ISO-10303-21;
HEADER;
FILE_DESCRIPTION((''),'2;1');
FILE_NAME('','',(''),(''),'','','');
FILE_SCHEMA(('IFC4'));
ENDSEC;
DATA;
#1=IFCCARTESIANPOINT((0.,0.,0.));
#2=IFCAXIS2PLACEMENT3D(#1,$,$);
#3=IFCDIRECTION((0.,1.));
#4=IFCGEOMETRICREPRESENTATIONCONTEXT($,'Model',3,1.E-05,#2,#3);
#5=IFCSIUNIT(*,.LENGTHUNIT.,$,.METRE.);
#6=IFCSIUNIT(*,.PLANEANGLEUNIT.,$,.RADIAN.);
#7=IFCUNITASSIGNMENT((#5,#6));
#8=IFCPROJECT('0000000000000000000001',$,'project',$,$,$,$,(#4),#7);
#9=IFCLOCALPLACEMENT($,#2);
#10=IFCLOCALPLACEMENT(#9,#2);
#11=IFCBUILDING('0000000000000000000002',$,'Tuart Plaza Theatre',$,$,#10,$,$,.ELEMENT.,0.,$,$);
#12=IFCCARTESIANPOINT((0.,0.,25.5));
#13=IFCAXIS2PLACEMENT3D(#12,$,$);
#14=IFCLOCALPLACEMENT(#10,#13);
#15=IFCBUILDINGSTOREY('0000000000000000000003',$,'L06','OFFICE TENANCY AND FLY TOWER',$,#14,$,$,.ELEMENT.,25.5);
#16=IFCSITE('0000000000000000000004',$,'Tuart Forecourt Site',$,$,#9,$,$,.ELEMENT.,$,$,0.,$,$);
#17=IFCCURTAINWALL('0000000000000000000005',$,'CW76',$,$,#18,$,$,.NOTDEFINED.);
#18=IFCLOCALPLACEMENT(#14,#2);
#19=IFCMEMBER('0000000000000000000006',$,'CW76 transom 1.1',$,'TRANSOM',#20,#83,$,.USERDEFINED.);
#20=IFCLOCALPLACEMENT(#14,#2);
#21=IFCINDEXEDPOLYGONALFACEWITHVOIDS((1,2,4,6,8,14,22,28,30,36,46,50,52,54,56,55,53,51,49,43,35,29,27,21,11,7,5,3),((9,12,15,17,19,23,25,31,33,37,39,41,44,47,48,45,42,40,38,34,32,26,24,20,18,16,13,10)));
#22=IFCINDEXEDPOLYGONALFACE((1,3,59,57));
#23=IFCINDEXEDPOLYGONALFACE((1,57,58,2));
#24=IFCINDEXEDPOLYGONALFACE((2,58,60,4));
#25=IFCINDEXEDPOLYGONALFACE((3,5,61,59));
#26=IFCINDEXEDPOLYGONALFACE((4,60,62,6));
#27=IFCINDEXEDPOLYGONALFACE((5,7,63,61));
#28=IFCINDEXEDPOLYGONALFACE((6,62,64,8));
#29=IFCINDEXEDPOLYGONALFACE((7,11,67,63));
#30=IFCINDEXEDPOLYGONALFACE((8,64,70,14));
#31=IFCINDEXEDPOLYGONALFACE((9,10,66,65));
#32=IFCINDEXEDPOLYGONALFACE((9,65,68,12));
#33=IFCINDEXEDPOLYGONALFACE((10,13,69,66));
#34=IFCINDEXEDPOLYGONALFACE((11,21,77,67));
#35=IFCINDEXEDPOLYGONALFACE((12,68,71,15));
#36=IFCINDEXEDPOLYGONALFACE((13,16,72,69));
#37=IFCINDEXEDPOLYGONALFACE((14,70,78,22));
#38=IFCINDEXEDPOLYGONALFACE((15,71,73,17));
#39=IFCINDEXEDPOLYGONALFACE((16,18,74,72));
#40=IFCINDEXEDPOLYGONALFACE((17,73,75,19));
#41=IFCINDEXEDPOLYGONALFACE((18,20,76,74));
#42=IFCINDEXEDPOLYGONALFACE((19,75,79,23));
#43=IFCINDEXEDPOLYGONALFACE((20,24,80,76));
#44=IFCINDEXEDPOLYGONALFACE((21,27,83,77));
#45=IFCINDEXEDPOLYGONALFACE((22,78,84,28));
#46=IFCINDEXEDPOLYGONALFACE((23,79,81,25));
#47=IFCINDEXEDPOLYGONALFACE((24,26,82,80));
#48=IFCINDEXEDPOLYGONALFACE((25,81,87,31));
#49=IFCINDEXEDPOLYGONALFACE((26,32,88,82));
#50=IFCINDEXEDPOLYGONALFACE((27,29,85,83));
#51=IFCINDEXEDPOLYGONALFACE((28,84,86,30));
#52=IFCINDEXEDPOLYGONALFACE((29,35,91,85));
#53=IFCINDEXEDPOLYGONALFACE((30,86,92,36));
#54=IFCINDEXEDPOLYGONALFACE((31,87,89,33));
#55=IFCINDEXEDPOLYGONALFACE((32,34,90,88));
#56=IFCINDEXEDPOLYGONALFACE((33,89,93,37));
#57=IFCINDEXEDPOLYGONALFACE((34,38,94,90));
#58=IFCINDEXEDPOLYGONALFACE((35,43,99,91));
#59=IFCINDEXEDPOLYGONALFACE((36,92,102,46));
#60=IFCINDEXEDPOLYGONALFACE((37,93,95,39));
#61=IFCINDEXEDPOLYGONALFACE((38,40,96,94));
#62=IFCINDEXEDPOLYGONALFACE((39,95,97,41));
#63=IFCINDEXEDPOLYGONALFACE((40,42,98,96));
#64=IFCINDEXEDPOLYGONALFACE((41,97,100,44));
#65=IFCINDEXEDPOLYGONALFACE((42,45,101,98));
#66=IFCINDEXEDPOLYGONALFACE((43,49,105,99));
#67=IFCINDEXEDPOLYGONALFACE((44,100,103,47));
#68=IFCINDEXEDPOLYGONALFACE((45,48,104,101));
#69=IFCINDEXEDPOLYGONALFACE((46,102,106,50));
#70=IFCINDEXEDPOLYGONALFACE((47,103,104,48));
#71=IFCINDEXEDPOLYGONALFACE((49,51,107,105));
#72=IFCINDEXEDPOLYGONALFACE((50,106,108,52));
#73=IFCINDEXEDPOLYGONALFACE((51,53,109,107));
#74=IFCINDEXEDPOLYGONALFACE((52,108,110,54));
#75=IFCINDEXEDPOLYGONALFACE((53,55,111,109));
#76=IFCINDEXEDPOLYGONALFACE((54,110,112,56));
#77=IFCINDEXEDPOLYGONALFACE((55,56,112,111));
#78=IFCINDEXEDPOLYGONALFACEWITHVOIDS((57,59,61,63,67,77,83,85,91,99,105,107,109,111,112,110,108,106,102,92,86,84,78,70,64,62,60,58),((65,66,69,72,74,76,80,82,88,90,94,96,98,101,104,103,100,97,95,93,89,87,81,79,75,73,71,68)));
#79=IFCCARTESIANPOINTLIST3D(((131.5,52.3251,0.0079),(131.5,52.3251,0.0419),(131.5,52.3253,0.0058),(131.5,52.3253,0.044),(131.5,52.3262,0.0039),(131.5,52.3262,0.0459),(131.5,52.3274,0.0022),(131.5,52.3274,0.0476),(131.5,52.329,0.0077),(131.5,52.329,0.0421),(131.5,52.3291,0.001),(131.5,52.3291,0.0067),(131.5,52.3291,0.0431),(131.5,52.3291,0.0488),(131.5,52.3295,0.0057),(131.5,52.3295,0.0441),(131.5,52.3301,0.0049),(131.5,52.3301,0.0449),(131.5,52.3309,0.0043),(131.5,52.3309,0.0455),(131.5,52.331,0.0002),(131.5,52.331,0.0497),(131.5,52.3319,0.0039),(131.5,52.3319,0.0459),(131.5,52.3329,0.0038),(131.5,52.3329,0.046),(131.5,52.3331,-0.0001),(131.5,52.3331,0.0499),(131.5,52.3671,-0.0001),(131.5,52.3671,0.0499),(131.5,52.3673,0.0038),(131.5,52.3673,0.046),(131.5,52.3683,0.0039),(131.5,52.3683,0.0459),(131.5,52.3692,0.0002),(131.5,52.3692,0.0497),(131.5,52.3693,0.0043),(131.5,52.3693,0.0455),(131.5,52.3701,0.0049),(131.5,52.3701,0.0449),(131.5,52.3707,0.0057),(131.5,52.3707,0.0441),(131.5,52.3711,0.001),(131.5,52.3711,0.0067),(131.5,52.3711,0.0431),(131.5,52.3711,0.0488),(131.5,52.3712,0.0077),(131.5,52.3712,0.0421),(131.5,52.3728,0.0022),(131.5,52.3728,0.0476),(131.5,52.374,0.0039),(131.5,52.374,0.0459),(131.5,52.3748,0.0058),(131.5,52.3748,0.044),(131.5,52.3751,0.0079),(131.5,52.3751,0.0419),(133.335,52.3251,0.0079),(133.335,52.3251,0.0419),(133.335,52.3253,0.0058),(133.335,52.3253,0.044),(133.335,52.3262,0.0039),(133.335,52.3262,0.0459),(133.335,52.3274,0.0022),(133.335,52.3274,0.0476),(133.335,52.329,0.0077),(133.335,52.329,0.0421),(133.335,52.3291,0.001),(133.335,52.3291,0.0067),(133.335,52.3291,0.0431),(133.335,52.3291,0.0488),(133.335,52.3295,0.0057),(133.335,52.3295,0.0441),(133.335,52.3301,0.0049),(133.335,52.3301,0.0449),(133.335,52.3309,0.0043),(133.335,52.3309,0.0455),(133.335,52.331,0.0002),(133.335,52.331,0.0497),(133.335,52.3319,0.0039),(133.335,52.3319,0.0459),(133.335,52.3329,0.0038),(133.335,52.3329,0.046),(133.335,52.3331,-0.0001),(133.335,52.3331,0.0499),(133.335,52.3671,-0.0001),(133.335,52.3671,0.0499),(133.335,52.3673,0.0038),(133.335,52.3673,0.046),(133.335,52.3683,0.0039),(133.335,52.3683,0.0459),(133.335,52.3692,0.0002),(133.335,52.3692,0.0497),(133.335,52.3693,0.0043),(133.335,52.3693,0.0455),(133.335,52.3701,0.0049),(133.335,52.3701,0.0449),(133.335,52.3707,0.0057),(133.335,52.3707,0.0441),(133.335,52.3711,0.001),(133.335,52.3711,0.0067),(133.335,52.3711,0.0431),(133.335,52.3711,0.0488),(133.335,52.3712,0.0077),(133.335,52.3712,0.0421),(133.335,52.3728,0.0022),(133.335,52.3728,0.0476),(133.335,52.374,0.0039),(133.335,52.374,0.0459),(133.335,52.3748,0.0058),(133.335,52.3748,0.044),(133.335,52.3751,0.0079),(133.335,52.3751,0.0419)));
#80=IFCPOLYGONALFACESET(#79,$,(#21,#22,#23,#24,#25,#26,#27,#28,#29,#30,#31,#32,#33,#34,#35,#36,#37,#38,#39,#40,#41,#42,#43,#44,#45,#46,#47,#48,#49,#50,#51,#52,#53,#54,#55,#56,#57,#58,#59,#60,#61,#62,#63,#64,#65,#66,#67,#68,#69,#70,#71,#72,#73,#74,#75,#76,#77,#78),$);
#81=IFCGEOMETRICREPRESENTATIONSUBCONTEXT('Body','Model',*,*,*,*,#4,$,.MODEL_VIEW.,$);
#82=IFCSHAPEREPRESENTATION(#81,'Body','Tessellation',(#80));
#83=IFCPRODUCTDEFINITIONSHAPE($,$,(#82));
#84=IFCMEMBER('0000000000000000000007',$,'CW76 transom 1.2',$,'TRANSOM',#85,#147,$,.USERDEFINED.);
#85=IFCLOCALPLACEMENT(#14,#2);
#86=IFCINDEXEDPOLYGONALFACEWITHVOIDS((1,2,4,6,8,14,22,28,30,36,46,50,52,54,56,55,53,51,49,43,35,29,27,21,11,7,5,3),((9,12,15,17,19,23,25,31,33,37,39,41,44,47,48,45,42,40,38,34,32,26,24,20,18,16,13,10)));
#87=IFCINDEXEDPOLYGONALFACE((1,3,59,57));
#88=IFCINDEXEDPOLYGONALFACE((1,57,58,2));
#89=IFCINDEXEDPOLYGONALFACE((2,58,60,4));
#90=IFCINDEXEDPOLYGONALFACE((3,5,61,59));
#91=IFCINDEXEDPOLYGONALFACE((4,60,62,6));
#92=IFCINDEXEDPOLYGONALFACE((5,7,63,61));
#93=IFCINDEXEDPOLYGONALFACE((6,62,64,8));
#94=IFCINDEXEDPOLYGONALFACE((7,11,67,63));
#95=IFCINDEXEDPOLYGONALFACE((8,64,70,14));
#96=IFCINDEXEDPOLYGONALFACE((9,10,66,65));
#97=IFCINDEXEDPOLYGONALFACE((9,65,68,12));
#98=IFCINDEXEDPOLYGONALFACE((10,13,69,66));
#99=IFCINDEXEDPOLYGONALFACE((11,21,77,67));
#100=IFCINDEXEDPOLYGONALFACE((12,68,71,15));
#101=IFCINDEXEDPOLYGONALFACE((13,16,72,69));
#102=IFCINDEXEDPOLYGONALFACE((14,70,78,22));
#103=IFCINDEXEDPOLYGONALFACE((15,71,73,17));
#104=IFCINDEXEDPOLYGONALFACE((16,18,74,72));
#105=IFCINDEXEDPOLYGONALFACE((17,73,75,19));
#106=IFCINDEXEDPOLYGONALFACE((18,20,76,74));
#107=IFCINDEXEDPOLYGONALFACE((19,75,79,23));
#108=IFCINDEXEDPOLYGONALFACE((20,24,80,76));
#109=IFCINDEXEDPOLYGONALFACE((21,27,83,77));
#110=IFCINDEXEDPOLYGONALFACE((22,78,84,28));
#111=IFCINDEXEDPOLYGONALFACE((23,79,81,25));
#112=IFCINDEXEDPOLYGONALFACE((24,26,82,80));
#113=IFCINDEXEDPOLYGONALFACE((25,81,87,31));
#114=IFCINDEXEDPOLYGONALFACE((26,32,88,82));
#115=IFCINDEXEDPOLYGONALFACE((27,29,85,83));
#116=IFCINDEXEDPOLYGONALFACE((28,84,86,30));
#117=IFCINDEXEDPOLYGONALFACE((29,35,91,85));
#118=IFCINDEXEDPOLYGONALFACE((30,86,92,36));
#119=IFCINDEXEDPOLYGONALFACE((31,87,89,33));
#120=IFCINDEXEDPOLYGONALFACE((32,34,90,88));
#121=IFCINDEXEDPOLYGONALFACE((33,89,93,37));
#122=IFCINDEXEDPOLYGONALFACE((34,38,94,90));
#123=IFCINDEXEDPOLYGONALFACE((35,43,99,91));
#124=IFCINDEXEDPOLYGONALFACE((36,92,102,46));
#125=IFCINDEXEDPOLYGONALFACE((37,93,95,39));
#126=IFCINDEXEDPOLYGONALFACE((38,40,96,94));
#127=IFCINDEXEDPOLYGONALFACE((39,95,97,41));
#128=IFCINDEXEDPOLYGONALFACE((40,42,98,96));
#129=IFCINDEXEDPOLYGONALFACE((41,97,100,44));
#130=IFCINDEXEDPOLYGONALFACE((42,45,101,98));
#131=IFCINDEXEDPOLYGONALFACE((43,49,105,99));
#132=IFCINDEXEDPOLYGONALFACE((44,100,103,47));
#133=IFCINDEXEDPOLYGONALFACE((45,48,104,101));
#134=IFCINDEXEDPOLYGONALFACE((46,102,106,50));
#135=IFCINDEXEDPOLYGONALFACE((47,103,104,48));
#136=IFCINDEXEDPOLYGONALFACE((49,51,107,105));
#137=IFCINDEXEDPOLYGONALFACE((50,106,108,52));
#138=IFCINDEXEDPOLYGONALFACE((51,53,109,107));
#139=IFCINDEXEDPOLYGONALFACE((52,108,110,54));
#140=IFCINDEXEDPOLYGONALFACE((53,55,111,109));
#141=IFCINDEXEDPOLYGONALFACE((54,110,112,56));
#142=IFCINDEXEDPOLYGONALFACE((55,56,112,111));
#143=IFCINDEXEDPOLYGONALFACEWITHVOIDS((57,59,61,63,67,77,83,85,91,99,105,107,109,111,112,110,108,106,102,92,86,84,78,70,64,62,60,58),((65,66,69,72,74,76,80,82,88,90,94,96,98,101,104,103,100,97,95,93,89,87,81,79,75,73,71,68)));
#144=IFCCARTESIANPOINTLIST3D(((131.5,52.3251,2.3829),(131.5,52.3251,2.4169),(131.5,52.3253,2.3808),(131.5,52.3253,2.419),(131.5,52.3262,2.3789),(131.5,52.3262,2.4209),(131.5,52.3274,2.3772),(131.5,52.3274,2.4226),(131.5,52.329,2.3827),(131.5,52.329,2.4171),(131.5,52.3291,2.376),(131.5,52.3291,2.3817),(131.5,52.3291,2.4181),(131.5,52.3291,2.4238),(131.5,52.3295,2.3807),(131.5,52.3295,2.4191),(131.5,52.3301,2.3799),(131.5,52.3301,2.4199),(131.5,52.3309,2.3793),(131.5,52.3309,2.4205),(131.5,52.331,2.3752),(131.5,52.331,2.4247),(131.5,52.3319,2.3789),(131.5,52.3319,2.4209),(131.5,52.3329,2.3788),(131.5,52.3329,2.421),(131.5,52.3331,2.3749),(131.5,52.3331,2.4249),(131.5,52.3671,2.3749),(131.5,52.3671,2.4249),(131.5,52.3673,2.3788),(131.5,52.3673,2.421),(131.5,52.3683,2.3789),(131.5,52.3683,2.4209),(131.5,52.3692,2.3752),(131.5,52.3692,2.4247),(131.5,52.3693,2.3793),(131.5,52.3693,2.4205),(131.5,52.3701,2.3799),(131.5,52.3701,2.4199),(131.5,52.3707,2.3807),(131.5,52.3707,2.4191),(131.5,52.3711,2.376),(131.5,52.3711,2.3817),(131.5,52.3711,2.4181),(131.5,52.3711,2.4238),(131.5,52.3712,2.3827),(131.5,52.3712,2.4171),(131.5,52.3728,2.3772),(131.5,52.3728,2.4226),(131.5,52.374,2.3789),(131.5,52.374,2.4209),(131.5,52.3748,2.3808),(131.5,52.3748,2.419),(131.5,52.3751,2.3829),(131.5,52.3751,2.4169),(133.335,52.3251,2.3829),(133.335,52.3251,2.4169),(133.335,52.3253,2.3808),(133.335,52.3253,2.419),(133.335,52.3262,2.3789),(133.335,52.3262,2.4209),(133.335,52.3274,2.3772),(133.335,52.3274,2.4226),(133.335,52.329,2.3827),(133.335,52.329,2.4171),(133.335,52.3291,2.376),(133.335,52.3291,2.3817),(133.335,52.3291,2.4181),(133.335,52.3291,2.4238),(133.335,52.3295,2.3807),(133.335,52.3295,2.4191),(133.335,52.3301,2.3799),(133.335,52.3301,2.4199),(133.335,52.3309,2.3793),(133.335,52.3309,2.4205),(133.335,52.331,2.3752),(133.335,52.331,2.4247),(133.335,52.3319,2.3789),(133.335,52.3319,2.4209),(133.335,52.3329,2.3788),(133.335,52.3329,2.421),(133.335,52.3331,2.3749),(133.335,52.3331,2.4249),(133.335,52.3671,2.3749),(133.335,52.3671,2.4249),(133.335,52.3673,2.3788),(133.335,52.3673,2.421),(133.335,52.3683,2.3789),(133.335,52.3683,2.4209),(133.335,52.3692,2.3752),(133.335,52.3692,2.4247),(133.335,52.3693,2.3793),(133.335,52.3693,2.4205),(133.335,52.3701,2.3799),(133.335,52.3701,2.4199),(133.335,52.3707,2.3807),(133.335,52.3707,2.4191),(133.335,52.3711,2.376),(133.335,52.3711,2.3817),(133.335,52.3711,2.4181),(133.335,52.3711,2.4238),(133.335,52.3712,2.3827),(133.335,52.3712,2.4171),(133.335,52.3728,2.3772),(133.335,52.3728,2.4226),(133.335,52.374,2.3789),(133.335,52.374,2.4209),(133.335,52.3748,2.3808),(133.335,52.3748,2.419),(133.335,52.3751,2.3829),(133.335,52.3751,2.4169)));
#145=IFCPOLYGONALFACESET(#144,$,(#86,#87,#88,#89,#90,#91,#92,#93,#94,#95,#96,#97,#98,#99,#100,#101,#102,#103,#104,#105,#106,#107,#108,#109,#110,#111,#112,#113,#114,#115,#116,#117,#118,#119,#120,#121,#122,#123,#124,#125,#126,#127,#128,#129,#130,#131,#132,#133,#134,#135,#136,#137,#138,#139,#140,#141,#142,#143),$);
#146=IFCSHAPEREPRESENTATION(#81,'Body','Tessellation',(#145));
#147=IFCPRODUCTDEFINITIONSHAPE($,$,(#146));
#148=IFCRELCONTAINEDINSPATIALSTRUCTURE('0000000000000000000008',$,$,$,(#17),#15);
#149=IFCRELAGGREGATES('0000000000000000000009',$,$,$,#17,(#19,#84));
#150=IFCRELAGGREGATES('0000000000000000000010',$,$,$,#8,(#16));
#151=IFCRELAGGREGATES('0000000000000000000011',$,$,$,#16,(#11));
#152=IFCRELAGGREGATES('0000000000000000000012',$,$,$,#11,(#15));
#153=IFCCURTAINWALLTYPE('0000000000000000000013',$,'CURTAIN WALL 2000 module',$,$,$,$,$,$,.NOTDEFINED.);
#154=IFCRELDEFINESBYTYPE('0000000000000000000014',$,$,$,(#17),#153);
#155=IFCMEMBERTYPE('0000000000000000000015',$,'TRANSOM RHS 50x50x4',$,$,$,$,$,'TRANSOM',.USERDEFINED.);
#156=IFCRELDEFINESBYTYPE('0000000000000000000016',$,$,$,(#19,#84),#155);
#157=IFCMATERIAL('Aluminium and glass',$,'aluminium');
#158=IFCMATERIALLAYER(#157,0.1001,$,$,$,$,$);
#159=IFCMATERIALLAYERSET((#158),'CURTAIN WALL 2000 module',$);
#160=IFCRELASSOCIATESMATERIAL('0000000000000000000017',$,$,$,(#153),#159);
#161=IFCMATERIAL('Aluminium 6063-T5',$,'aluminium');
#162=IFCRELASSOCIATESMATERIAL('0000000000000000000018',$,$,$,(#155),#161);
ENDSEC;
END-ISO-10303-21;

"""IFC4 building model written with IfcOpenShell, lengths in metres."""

from ifc_helpers import new_model, si_unit, direction, frame, origin, origin_2d, place, context, subcontext, project, spatial, hollow_rectangle, extrude, material, layer, layer_set, material_profile, profile_set, type_object, element, aggregate, save


model = new_model("IFC4")

# Units and contexts
model_context = context("Model", 3, precision=1e-05, world=origin(), true_north=direction((0.0, 1.0)))
body_context = subcontext(model_context, "Body", "Model", "MODEL_VIEW")
ifc_project = project(units=[si_unit("LENGTHUNIT", "METRE"), si_unit("PLANEANGLEUNIT", "RADIAN")], contexts=[model_context])

# Site, building, storey
site_placement = place(None, origin())
site = spatial("IfcSite", under=ifc_project, at=site_placement, Name="Tuart Forecourt Site", CompositionType="ELEMENT", RefElevation=0.0)
building_placement = place(site_placement, origin())
building = spatial("IfcBuilding", under=site, at=building_placement, Name="Tuart Plaza Theatre", CompositionType="ELEMENT", ElevationOfRefHeight=0.0)
storey_placement = place(building_placement, frame((0.0, 0.0, 25.5)))
storey = spatial("IfcBuildingStorey", under=building, at=storey_placement, Name="L06", Description="OFFICE TENANCY AND FLY TOWER", CompositionType="ELEMENT", Elevation=25.5)

# Shared definitions
ifc_material_1 = material(Name="Aluminium and glass", Category="aluminium")
ifc_layer_1 = layer(ifc_material_1, 0.1001)
ifc_layer_set_1 = layer_set([ifc_layer_1], Name="CURTAIN WALL 2000 module")
curtain_wall_type = type_object("IfcCurtainWallType", Name="CURTAIN WALL 2000 module", PredefinedType="NOTDEFINED", material=ifc_layer_set_1)

# Curtain wall
curtain_wall_1_placement = place(storey_placement, origin())
curtain_wall_1 = element("IfcCurtainWall", 1, at=curtain_wall_1_placement, inside=storey, type_object=curtain_wall_type, Name="CW76", PredefinedType="NOTDEFINED")

# Members
ifc_material_2 = material(Name="Aluminium 6063-T5", Category="aluminium")
ifc_material_profile_1 = material_profile(ifc_material_2, hollow_rectangle(XDim=0.05, YDim=0.05, WallThickness=0.0039, InnerFilletRadius=0.0039, OuterFilletRadius=0.0081, at=origin_2d()), Name="RHS 50x50x4")
ifc_profile_set_1 = profile_set([ifc_material_profile_1], Name="Aluminium 6063-T5")
member_type_1 = type_object("IfcMemberType", Name="TRANSOM RHS 50x50x4", ElementType="TRANSOM", PredefinedType="USERDEFINED", material=ifc_profile_set_1)
member_1_placement = place(storey_placement, frame((131.5, 52.3501, 0.0249), z_axis=(1.0, 0.0, 0.0), x_axis=(0.0, 1.0, 0.0)))
member_1 = element("IfcMember", 2, at=member_1_placement, type_object=member_type_1, Name="CW76 transom 1.1", ObjectType="TRANSOM", PredefinedType="USERDEFINED", context=body_context, shape_type="SweptSolid", body=[
    extrude(hollow_rectangle(XDim=0.05, YDim=0.05, WallThickness=0.0039, InnerFilletRadius=0.0039, OuterFilletRadius=0.0081, at=origin_2d()), origin(), (0.0, 0.0, 1.0), 1.835),
])
member_2_placement = place(storey_placement, frame((131.5, 52.3501, 2.3999), z_axis=(1.0, 0.0, 0.0), x_axis=(0.0, 1.0, 0.0)))
member_2 = element("IfcMember", 3, at=member_2_placement, type_object=member_type_1, Name="CW76 transom 1.2", ObjectType="TRANSOM", PredefinedType="USERDEFINED", context=body_context, shape_type="SweptSolid", body=[
    extrude(hollow_rectangle(XDim=0.05, YDim=0.05, WallThickness=0.0039, InnerFilletRadius=0.0039, OuterFilletRadius=0.0081, at=origin_2d()), origin(), (0.0, 0.0, 1.0), 1.835),
])
aggregate(curtain_wall_1, [member_1, member_2])

save(model, "model.ifc")
